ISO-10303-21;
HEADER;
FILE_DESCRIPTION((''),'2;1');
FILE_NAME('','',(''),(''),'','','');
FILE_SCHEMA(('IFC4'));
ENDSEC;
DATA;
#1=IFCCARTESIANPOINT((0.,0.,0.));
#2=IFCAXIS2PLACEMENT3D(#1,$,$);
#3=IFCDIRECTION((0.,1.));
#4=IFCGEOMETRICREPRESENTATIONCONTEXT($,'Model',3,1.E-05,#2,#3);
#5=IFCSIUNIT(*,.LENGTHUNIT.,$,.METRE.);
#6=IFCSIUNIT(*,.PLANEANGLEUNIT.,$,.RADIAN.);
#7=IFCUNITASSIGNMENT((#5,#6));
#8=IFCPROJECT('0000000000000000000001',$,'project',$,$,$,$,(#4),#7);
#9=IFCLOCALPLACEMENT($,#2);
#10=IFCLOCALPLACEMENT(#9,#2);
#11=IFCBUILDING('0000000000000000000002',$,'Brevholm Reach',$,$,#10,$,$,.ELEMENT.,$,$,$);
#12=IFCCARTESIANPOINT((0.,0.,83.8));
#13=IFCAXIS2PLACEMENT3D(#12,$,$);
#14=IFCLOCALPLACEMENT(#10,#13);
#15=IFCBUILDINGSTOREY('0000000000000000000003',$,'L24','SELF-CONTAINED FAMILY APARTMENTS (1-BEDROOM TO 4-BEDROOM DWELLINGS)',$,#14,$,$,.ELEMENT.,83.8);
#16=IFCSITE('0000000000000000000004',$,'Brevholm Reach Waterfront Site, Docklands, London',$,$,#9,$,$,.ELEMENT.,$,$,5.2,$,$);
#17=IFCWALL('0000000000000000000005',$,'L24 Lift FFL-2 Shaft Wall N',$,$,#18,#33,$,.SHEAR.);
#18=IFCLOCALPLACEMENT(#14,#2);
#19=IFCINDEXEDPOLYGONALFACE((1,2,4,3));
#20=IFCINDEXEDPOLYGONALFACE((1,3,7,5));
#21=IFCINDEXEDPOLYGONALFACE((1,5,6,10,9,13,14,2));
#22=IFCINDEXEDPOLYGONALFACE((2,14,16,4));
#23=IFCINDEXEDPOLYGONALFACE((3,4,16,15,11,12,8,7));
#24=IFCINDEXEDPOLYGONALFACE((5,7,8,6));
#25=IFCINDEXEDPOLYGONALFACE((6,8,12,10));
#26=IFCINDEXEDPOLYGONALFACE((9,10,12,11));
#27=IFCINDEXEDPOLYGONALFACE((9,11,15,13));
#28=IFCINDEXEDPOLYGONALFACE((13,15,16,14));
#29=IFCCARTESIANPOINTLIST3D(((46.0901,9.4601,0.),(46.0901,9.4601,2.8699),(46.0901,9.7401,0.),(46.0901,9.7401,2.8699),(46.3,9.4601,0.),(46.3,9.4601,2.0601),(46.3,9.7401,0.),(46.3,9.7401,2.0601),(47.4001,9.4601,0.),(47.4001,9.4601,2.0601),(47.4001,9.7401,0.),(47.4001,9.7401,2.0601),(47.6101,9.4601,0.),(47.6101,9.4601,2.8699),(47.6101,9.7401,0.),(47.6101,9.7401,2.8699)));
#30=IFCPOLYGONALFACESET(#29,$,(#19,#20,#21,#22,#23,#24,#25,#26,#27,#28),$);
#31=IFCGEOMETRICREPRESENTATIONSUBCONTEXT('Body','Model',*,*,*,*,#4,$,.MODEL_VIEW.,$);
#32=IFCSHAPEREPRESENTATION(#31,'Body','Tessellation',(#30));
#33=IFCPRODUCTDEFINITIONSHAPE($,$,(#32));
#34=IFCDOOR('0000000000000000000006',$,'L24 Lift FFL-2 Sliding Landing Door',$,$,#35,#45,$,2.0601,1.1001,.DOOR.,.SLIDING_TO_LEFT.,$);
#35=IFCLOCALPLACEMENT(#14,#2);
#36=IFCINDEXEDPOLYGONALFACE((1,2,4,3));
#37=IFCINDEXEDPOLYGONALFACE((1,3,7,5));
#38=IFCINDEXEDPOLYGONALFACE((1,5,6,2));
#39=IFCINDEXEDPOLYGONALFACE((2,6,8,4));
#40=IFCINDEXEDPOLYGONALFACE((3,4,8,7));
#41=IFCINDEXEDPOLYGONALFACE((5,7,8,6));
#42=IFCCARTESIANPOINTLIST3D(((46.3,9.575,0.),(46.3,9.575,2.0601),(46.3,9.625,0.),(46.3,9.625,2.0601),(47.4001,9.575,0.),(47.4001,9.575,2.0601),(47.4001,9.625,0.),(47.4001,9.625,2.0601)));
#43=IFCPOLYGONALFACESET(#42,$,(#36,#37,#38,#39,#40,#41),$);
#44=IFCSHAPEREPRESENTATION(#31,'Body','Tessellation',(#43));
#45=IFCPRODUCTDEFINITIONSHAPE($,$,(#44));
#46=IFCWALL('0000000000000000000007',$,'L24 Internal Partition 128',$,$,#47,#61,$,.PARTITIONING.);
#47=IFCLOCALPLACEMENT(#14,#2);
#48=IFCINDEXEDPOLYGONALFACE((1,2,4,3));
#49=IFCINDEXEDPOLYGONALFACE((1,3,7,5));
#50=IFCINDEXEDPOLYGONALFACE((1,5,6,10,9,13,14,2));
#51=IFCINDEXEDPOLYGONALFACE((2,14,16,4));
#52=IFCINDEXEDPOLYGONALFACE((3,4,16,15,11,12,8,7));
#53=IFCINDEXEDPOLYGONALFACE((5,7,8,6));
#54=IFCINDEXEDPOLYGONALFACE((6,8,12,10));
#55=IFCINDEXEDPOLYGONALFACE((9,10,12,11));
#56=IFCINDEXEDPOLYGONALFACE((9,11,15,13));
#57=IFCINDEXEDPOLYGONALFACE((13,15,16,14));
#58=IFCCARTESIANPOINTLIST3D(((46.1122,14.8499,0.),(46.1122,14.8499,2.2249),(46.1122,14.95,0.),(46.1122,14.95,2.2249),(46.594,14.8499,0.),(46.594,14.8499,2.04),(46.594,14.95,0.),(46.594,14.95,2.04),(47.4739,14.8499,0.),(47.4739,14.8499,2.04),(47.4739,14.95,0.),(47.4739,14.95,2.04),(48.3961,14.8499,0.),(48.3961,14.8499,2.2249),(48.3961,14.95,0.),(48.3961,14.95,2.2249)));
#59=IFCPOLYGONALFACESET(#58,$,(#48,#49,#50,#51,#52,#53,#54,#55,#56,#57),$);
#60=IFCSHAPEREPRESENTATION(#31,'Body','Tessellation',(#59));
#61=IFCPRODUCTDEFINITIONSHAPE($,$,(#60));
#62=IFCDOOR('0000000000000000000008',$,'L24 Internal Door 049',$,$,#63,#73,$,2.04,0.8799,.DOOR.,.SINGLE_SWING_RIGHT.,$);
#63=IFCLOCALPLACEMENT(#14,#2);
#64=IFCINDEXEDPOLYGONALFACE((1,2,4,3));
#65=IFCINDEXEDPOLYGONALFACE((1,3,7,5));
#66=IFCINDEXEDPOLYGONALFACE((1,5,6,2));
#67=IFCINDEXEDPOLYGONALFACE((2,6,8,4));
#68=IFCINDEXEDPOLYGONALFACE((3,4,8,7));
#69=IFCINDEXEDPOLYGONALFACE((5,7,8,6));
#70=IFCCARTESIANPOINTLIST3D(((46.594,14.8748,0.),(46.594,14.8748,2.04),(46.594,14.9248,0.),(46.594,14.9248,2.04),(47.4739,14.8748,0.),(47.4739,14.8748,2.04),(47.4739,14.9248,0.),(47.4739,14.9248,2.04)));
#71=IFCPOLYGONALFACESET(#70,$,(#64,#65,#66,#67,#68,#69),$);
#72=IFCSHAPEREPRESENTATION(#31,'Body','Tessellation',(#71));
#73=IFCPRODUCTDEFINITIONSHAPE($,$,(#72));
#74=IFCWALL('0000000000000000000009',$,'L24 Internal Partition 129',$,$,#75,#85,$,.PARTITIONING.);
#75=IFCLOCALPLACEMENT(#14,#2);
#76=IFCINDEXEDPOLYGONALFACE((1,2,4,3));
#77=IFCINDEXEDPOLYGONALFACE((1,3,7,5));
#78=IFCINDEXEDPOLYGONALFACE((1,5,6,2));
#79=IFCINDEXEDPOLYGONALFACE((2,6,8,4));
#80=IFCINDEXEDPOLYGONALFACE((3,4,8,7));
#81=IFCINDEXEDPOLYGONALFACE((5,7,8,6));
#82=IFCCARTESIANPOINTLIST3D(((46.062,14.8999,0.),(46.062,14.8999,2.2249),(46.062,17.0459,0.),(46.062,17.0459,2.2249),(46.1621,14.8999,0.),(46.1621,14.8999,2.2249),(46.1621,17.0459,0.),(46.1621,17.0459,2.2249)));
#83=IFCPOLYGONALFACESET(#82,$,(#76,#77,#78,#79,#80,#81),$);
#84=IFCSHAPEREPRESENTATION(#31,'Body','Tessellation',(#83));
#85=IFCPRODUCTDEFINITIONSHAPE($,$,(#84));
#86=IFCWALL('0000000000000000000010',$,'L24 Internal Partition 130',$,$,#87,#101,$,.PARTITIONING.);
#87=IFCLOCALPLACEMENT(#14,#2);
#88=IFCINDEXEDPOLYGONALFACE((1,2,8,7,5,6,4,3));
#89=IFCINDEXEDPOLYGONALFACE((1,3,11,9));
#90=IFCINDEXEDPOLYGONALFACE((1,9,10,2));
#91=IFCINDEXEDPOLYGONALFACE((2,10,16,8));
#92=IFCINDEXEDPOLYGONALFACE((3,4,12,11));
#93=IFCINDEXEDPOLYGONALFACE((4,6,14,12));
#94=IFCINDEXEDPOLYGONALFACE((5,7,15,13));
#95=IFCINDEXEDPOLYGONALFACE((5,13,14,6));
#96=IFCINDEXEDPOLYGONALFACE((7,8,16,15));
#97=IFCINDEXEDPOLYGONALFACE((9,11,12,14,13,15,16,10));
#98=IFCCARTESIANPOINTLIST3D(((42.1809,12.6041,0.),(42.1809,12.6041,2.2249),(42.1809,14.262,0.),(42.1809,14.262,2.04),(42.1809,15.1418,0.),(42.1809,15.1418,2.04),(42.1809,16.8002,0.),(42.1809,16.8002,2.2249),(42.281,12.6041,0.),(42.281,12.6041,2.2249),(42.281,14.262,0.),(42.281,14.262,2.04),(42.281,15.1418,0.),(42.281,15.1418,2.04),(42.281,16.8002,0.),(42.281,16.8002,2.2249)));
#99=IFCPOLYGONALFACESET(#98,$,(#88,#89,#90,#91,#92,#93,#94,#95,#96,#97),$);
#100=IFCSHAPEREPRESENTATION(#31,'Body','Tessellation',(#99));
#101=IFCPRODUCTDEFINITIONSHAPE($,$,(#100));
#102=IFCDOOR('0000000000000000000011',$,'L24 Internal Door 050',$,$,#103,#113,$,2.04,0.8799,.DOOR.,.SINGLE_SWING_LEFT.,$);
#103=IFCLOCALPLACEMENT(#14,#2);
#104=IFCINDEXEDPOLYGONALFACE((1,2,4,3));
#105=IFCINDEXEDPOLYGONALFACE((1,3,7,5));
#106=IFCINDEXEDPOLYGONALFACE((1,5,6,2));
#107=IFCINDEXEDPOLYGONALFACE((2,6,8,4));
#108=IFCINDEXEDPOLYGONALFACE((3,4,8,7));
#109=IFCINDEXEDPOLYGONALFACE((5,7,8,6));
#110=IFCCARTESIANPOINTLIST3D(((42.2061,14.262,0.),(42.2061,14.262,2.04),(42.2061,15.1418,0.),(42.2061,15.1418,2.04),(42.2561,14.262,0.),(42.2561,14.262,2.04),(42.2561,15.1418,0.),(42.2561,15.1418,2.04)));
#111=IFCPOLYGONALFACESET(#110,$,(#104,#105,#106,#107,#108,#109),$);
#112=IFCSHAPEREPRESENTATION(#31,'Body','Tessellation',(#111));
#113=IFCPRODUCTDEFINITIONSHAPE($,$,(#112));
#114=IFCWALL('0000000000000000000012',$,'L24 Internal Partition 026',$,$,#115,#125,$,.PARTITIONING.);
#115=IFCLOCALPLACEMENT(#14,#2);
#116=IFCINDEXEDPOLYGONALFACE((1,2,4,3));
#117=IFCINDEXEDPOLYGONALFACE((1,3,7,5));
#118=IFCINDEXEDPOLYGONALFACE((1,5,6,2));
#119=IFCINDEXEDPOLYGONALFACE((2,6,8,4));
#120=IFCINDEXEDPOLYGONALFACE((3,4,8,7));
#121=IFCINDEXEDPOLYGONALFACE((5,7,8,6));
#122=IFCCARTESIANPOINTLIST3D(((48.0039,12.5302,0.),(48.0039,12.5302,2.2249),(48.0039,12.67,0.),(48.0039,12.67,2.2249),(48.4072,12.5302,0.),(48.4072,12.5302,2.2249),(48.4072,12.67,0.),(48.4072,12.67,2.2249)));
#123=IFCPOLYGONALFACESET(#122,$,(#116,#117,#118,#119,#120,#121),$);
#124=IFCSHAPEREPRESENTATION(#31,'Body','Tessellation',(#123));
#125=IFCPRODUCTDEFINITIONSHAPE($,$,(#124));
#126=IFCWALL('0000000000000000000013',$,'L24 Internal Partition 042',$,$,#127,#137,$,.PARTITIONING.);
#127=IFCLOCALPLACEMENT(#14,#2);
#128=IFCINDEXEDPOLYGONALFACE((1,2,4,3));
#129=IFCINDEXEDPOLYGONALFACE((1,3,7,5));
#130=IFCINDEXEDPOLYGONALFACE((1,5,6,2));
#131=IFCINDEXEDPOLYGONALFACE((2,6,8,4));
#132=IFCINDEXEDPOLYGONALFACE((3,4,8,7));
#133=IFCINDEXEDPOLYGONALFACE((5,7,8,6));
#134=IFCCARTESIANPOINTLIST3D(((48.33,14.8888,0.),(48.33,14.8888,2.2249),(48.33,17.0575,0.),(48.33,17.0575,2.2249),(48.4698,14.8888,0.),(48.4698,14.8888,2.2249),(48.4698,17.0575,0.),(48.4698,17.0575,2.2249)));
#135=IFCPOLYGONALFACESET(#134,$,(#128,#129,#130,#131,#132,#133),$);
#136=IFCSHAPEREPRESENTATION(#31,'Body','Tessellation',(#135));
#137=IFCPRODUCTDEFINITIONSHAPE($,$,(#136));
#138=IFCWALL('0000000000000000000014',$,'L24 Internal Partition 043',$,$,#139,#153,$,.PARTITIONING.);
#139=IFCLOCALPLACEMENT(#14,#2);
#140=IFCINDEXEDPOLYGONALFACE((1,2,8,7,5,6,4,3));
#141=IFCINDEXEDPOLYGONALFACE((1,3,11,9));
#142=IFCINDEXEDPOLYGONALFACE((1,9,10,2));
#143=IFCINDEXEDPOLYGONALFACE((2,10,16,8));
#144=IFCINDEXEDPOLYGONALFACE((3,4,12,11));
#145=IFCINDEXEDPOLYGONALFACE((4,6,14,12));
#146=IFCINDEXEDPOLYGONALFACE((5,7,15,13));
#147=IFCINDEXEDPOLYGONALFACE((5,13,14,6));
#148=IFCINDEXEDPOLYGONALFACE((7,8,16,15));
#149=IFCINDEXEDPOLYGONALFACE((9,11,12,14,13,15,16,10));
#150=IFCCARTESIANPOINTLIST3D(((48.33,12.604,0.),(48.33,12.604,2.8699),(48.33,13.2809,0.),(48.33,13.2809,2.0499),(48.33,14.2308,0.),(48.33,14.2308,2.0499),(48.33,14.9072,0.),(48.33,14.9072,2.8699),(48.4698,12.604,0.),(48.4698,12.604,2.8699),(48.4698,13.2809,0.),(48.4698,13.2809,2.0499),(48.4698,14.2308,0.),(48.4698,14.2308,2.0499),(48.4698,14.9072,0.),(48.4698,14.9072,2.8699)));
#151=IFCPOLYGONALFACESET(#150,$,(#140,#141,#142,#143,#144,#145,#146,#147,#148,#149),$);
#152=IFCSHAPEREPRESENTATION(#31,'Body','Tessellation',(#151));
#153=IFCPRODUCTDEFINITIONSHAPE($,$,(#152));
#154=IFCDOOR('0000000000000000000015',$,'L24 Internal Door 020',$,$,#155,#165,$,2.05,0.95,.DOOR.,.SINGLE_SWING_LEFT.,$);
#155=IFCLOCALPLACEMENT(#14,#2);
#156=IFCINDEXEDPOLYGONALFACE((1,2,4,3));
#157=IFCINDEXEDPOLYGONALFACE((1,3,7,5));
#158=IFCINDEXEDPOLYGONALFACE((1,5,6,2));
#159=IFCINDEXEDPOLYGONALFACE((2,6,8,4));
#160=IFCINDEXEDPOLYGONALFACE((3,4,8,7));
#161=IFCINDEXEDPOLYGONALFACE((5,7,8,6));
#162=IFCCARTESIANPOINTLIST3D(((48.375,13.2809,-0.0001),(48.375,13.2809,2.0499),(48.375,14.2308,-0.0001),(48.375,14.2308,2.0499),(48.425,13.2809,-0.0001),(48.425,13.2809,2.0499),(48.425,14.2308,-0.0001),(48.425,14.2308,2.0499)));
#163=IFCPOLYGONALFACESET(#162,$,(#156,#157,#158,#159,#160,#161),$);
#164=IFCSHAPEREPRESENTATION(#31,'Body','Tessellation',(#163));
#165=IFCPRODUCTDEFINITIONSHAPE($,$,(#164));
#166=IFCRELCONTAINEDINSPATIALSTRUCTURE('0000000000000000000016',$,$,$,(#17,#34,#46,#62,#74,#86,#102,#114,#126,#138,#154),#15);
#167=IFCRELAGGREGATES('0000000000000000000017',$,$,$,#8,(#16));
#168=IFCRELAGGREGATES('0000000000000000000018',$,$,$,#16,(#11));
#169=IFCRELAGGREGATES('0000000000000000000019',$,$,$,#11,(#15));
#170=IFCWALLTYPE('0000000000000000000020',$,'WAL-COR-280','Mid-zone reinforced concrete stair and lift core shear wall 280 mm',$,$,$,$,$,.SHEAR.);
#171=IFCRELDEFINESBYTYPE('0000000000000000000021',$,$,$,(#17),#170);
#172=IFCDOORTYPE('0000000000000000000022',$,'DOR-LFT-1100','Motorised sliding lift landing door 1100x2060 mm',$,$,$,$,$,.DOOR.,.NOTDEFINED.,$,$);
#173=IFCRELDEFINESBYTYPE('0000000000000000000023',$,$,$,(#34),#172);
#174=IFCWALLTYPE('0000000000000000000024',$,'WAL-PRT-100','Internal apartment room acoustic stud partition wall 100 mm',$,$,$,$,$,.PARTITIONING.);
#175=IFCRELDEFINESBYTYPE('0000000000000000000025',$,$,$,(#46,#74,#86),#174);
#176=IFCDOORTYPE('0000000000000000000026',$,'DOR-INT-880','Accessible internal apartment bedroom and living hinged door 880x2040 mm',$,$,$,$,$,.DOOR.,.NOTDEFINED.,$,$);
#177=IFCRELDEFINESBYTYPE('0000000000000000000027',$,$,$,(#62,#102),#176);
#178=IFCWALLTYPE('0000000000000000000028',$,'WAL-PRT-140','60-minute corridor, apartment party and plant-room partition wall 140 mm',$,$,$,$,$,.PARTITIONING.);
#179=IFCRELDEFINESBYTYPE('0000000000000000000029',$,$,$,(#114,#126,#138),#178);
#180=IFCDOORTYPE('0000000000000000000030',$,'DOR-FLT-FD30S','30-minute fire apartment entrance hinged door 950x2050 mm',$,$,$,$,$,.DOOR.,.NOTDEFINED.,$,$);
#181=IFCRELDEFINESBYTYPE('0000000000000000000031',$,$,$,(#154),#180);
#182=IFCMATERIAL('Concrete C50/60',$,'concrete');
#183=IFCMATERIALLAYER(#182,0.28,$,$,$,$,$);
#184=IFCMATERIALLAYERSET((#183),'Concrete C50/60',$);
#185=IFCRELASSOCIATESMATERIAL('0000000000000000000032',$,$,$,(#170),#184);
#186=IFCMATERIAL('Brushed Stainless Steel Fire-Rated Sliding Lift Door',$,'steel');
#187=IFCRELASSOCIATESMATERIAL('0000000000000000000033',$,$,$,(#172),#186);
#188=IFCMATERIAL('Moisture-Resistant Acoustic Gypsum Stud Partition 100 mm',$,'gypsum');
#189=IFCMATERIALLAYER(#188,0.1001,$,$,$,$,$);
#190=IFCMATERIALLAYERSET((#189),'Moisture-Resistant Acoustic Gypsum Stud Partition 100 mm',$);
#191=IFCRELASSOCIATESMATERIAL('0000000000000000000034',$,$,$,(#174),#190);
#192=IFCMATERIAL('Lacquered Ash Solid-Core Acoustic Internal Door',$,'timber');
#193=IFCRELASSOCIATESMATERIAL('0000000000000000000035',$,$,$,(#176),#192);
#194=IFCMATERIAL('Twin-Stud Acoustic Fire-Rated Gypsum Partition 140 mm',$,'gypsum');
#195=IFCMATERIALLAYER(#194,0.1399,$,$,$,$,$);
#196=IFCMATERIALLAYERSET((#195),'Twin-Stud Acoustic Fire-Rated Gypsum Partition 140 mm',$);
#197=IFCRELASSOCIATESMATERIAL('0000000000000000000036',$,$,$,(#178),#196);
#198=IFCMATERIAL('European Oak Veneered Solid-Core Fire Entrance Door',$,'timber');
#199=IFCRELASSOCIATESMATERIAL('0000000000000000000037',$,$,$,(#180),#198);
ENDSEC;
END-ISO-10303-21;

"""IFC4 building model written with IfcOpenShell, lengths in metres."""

from ifc_helpers import new_model, si_unit, direction, frame, frame_2d, origin, place, context, subcontext, project, spatial, rectangle, extrude, material, layer, layer_set, type_object, element, fill, save


model = new_model("IFC4")

# Units and contexts
model_context = context("Model", 3, precision=1e-05, world=origin(), true_north=direction((0.0, 1.0)))
body_context = subcontext(model_context, "Body", "Model", "MODEL_VIEW")
ifc_project = project(units=[si_unit("LENGTHUNIT", "METRE"), si_unit("PLANEANGLEUNIT", "RADIAN")], contexts=[model_context])

# Site, building, storey
site_placement = place(None, origin())
site = spatial("IfcSite", under=ifc_project, at=site_placement, Name="Brevholm Reach Waterfront Site, Docklands, London", CompositionType="ELEMENT", RefElevation=5.2)
building_placement = place(site_placement, origin())
building = spatial("IfcBuilding", under=site, at=building_placement, Name="Brevholm Reach", CompositionType="ELEMENT")
storey_placement = place(building_placement, frame((0.0, 0.0, 83.8)))
storey = spatial("IfcBuildingStorey", under=building, at=storey_placement, Name="L24", Description="SELF-CONTAINED FAMILY APARTMENTS (1-BEDROOM TO 4-BEDROOM DWELLINGS)", CompositionType="ELEMENT", Elevation=83.8)

# Walls, openings, doors
ifc_material_1 = material(Name="Concrete C50/60", Category="concrete")
ifc_layer_1 = layer(ifc_material_1, 0.28)
ifc_layer_set_1 = layer_set([ifc_layer_1], Name="Concrete C50/60")
wall_type_1 = type_object("IfcWallType", Name="WAL-COR-280", Description="Mid-zone reinforced concrete stair and lift core shear wall 280 mm", PredefinedType="SHEAR", material=ifc_layer_set_1)
wall_1_placement = place(storey_placement, frame((46.0901, 9.6001, 0.0), z_axis=(0.0, 0.0, 1.0), x_axis=(1.0, 0.0, 0.0)))
wall_1 = element("IfcWall", 1, at=wall_1_placement, inside=storey, type_object=wall_type_1, Name="L24 Lift FFL-2 Shaft Wall N", PredefinedType="SHEAR", context=body_context, shape_type="SweptSolid", body=[
    extrude(rectangle(XDim=1.52, YDim=0.28, at=frame_2d((0.76, 0.0))), origin(), (0.0, 0.0, 1.0), 2.8699),
])
opening_1_placement = place(wall_1_placement, frame((0.21, 0.0, 0.0)))
opening_1 = element("IfcOpeningElement", 2, at=opening_1_placement, cuts=wall_1, PredefinedType="OPENING", context=body_context, shape_type="SweptSolid", body=[
    extrude(rectangle(XDim=1.1001, YDim=2.0601, at=frame_2d((0.55, 1.03))), frame((0.0, 0.1499, 0.0), z_axis=(0.0, -1.0, 0.0), x_axis=(1.0, 0.0, 0.0)), (0.0, 0.0, 1.0), 0.3),
])
ifc_material_2 = material(Name="Brushed Stainless Steel Fire-Rated Sliding Lift Door", Category="steel")
door_type_1 = type_object("IfcDoorType", Name="DOR-LFT-1100", Description="Motorised sliding lift landing door 1100x2060 mm", OperationType="NOTDEFINED", PredefinedType="DOOR", material=ifc_material_2)
door_1_placement = place(opening_1_placement, origin())
door_1 = element("IfcDoor", 3, at=door_1_placement, inside=storey, type_object=door_type_1, Name="L24 Lift FFL-2 Sliding Landing Door", OperationType="SLIDING_TO_LEFT", OverallHeight=2.0601, OverallWidth=1.1001, PredefinedType="DOOR", context=body_context, shape_type="SweptSolid", body=[
    extrude(rectangle(XDim=1.1001, YDim=2.0601, at=frame_2d((0.55, 1.03))), frame((0.0, 0.0249, 0.0), z_axis=(0.0, -1.0, 0.0), x_axis=(1.0, 0.0, 0.0)), (0.0, 0.0, 1.0), 0.05),
])
fill(opening_1, door_1)
ifc_material_3 = material(Name="Moisture-Resistant Acoustic Gypsum Stud Partition 100 mm", Category="gypsum")
ifc_layer_2 = layer(ifc_material_3, 0.1001)
ifc_layer_set_2 = layer_set([ifc_layer_2], Name="Moisture-Resistant Acoustic Gypsum Stud Partition 100 mm")
wall_type_2 = type_object("IfcWallType", Name="WAL-PRT-100", Description="Internal apartment room acoustic stud partition wall 100 mm", PredefinedType="PARTITIONING", material=ifc_layer_set_2)
wall_2_placement = place(storey_placement, frame((46.1121, 14.8999, 0.0), z_axis=(0.0, 0.0, 1.0), x_axis=(1.0, 0.0, 0.0)))
wall_2 = element("IfcWall", 4, at=wall_2_placement, inside=storey, type_object=wall_type_2, Name="L24 Internal Partition 128", PredefinedType="PARTITIONING", context=body_context, shape_type="SweptSolid", body=[
    extrude(rectangle(XDim=2.2839, YDim=0.1001, at=frame_2d((1.1421, 0.0))), origin(), (0.0, 0.0, 1.0), 2.2249),
])
opening_2_placement = place(wall_2_placement, frame((0.4819, 0.0, 0.0)))
opening_2 = element("IfcOpeningElement", 5, at=opening_2_placement, cuts=wall_2, PredefinedType="OPENING", context=body_context, shape_type="SweptSolid", body=[
    extrude(rectangle(XDim=0.8799, YDim=2.04, at=frame_2d((0.4399, 1.02))), frame((0.0, 0.0601, 0.0), z_axis=(0.0, -1.0, 0.0), x_axis=(1.0, 0.0, 0.0)), (0.0, 0.0, 1.0), 0.1201),
])
ifc_material_4 = material(Name="Lacquered Ash Solid-Core Acoustic Internal Door", Category="timber")
door_type_2 = type_object("IfcDoorType", Name="DOR-INT-880", Description="Accessible internal apartment bedroom and living hinged door 880x2040 mm", OperationType="NOTDEFINED", PredefinedType="DOOR", material=ifc_material_4)
door_2_placement = place(opening_2_placement, origin())
door_2 = element("IfcDoor", 6, at=door_2_placement, inside=storey, type_object=door_type_2, Name="L24 Internal Door 049", OperationType="SINGLE_SWING_RIGHT", OverallHeight=2.04, OverallWidth=0.8799, PredefinedType="DOOR", context=body_context, shape_type="SweptSolid", body=[
    extrude(rectangle(XDim=0.8799, YDim=2.04, at=frame_2d((0.4399, 1.02))), frame((0.0, 0.0249, 0.0), z_axis=(0.0, -1.0, 0.0), x_axis=(1.0, 0.0, 0.0)), (0.0, 0.0, 1.0), 0.05),
])
fill(opening_2, door_2)

# Wall
wall_3_placement = place(storey_placement, frame((46.1121, 14.8999, 0.0), z_axis=(0.0, 0.0, 1.0), x_axis=(0.0, 1.0, 0.0)))
element("IfcWall", 7, at=wall_3_placement, inside=storey, type_object=wall_type_2, Name="L24 Internal Partition 129", PredefinedType="PARTITIONING", context=body_context, shape_type="SweptSolid", body=[
    extrude(rectangle(XDim=2.146, YDim=0.1001, at=frame_2d((1.073, 0.0))), origin(), (0.0, 0.0, 1.0), 2.2249),
])

# Wall, opening, door
wall_4_placement = place(storey_placement, frame((42.231, 12.604, 0.0), z_axis=(0.0, 0.0, 1.0), x_axis=(0.0, 1.0, 0.0)))
wall_4 = element("IfcWall", 8, at=wall_4_placement, inside=storey, type_object=wall_type_2, Name="L24 Internal Partition 130", PredefinedType="PARTITIONING", context=body_context, shape_type="SweptSolid", body=[
    extrude(rectangle(XDim=4.196, YDim=0.1001, at=frame_2d((2.0981, 0.0))), origin(), (0.0, 0.0, 1.0), 2.2249),
])
opening_3_placement = place(wall_4_placement, frame((1.658, 0.0, 0.0)))
opening_3 = element("IfcOpeningElement", 9, at=opening_3_placement, cuts=wall_4, PredefinedType="OPENING", context=body_context, shape_type="SweptSolid", body=[
    extrude(rectangle(XDim=0.8799, YDim=2.04, at=frame_2d((0.4399, 1.02))), frame((0.0, 0.0601, 0.0), z_axis=(0.0, -1.0, 0.0), x_axis=(1.0, 0.0, 0.0)), (0.0, 0.0, 1.0), 0.1201),
])
door_3_placement = place(opening_3_placement, origin())
door_3 = element("IfcDoor", 10, at=door_3_placement, inside=storey, type_object=door_type_2, Name="L24 Internal Door 050", OperationType="SINGLE_SWING_LEFT", OverallHeight=2.04, OverallWidth=0.8799, PredefinedType="DOOR", context=body_context, shape_type="SweptSolid", body=[
    extrude(rectangle(XDim=0.8799, YDim=2.04, at=frame_2d((0.4399, 1.02))), frame((0.0, 0.0249, 0.0), z_axis=(0.0, -1.0, 0.0), x_axis=(1.0, 0.0, 0.0)), (0.0, 0.0, 1.0), 0.05),
])
fill(opening_3, door_3)

# Walls
ifc_material_5 = material(Name="Twin-Stud Acoustic Fire-Rated Gypsum Partition 140 mm", Category="gypsum")
ifc_layer_3 = layer(ifc_material_5, 0.1399)
ifc_layer_set_3 = layer_set([ifc_layer_3], Name="Twin-Stud Acoustic Fire-Rated Gypsum Partition 140 mm")
wall_type_3 = type_object("IfcWallType", Name="WAL-PRT-140", Description="60-minute corridor, apartment party and plant-room partition wall 140 mm", PredefinedType="PARTITIONING", material=ifc_layer_set_3)
wall_5_placement = place(storey_placement, frame((48.0039, 12.6001, 0.0), z_axis=(0.0, 0.0, 1.0), x_axis=(1.0, 0.0, 0.0)))
element("IfcWall", 11, at=wall_5_placement, inside=storey, type_object=wall_type_3, Name="L24 Internal Partition 026", PredefinedType="PARTITIONING", context=body_context, shape_type="SweptSolid", body=[
    extrude(rectangle(XDim=0.4033, YDim=0.1399, at=frame_2d((0.2017, 0.0))), origin(), (0.0, 0.0, 1.0), 2.2249),
])
wall_6_placement = place(storey_placement, frame((48.3999, 14.8887, 0.0), z_axis=(0.0, 0.0, 1.0), x_axis=(0.0, 1.0, 0.0)))
element("IfcWall", 12, at=wall_6_placement, inside=storey, type_object=wall_type_3, Name="L24 Internal Partition 042", PredefinedType="PARTITIONING", context=body_context, shape_type="SweptSolid", body=[
    extrude(rectangle(XDim=2.1687, YDim=0.1399, at=frame_2d((1.0845, 0.0))), origin(), (0.0, 0.0, 1.0), 2.2249),
])

# Wall, opening, door
wall_7_placement = place(storey_placement, frame((48.3999, 12.604, 0.0), z_axis=(0.0, 0.0, 1.0), x_axis=(0.0, 1.0, 0.0)))
wall_7 = element("IfcWall", 13, at=wall_7_placement, inside=storey, type_object=wall_type_3, Name="L24 Internal Partition 043", PredefinedType="PARTITIONING", context=body_context, shape_type="SweptSolid", body=[
    extrude(rectangle(XDim=2.3032, YDim=0.1399, at=frame_2d((1.1516, 0.0))), origin(), (0.0, 0.0, 1.0), 2.8699),
])
opening_4_placement = place(wall_7_placement, frame((0.6768, 0.0, 0.0)))
opening_4 = element("IfcOpeningElement", 14, at=opening_4_placement, cuts=wall_7, PredefinedType="OPENING", context=body_context, shape_type="SweptSolid", body=[
    extrude(rectangle(XDim=0.95, YDim=2.05, at=frame_2d((0.4751, 1.0249))), frame((0.0, 0.0798, 0.0), z_axis=(0.0, -1.0, 0.0), x_axis=(1.0, 0.0, 0.0)), (0.0, 0.0, 1.0), 0.1599),
])
ifc_material_6 = material(Name="European Oak Veneered Solid-Core Fire Entrance Door", Category="timber")
door_type_3 = type_object("IfcDoorType", Name="DOR-FLT-FD30S", Description="30-minute fire apartment entrance hinged door 950x2050 mm", OperationType="NOTDEFINED", PredefinedType="DOOR", material=ifc_material_6)
door_4_placement = place(opening_4_placement, origin())
door_4 = element("IfcDoor", 15, at=door_4_placement, inside=storey, type_object=door_type_3, Name="L24 Internal Door 020", OperationType="SINGLE_SWING_LEFT", OverallHeight=2.05, OverallWidth=0.95, PredefinedType="DOOR", context=body_context, shape_type="SweptSolid", body=[
    extrude(rectangle(XDim=0.95, YDim=2.05, at=frame_2d((0.4751, 1.0249))), frame((0.0, 0.0249, 0.0), z_axis=(0.0, -1.0, 0.0), x_axis=(1.0, 0.0, 0.0)), (0.0, 0.0, 1.0), 0.05),
])
fill(opening_4, door_4)

save(model, "model.ifc")
